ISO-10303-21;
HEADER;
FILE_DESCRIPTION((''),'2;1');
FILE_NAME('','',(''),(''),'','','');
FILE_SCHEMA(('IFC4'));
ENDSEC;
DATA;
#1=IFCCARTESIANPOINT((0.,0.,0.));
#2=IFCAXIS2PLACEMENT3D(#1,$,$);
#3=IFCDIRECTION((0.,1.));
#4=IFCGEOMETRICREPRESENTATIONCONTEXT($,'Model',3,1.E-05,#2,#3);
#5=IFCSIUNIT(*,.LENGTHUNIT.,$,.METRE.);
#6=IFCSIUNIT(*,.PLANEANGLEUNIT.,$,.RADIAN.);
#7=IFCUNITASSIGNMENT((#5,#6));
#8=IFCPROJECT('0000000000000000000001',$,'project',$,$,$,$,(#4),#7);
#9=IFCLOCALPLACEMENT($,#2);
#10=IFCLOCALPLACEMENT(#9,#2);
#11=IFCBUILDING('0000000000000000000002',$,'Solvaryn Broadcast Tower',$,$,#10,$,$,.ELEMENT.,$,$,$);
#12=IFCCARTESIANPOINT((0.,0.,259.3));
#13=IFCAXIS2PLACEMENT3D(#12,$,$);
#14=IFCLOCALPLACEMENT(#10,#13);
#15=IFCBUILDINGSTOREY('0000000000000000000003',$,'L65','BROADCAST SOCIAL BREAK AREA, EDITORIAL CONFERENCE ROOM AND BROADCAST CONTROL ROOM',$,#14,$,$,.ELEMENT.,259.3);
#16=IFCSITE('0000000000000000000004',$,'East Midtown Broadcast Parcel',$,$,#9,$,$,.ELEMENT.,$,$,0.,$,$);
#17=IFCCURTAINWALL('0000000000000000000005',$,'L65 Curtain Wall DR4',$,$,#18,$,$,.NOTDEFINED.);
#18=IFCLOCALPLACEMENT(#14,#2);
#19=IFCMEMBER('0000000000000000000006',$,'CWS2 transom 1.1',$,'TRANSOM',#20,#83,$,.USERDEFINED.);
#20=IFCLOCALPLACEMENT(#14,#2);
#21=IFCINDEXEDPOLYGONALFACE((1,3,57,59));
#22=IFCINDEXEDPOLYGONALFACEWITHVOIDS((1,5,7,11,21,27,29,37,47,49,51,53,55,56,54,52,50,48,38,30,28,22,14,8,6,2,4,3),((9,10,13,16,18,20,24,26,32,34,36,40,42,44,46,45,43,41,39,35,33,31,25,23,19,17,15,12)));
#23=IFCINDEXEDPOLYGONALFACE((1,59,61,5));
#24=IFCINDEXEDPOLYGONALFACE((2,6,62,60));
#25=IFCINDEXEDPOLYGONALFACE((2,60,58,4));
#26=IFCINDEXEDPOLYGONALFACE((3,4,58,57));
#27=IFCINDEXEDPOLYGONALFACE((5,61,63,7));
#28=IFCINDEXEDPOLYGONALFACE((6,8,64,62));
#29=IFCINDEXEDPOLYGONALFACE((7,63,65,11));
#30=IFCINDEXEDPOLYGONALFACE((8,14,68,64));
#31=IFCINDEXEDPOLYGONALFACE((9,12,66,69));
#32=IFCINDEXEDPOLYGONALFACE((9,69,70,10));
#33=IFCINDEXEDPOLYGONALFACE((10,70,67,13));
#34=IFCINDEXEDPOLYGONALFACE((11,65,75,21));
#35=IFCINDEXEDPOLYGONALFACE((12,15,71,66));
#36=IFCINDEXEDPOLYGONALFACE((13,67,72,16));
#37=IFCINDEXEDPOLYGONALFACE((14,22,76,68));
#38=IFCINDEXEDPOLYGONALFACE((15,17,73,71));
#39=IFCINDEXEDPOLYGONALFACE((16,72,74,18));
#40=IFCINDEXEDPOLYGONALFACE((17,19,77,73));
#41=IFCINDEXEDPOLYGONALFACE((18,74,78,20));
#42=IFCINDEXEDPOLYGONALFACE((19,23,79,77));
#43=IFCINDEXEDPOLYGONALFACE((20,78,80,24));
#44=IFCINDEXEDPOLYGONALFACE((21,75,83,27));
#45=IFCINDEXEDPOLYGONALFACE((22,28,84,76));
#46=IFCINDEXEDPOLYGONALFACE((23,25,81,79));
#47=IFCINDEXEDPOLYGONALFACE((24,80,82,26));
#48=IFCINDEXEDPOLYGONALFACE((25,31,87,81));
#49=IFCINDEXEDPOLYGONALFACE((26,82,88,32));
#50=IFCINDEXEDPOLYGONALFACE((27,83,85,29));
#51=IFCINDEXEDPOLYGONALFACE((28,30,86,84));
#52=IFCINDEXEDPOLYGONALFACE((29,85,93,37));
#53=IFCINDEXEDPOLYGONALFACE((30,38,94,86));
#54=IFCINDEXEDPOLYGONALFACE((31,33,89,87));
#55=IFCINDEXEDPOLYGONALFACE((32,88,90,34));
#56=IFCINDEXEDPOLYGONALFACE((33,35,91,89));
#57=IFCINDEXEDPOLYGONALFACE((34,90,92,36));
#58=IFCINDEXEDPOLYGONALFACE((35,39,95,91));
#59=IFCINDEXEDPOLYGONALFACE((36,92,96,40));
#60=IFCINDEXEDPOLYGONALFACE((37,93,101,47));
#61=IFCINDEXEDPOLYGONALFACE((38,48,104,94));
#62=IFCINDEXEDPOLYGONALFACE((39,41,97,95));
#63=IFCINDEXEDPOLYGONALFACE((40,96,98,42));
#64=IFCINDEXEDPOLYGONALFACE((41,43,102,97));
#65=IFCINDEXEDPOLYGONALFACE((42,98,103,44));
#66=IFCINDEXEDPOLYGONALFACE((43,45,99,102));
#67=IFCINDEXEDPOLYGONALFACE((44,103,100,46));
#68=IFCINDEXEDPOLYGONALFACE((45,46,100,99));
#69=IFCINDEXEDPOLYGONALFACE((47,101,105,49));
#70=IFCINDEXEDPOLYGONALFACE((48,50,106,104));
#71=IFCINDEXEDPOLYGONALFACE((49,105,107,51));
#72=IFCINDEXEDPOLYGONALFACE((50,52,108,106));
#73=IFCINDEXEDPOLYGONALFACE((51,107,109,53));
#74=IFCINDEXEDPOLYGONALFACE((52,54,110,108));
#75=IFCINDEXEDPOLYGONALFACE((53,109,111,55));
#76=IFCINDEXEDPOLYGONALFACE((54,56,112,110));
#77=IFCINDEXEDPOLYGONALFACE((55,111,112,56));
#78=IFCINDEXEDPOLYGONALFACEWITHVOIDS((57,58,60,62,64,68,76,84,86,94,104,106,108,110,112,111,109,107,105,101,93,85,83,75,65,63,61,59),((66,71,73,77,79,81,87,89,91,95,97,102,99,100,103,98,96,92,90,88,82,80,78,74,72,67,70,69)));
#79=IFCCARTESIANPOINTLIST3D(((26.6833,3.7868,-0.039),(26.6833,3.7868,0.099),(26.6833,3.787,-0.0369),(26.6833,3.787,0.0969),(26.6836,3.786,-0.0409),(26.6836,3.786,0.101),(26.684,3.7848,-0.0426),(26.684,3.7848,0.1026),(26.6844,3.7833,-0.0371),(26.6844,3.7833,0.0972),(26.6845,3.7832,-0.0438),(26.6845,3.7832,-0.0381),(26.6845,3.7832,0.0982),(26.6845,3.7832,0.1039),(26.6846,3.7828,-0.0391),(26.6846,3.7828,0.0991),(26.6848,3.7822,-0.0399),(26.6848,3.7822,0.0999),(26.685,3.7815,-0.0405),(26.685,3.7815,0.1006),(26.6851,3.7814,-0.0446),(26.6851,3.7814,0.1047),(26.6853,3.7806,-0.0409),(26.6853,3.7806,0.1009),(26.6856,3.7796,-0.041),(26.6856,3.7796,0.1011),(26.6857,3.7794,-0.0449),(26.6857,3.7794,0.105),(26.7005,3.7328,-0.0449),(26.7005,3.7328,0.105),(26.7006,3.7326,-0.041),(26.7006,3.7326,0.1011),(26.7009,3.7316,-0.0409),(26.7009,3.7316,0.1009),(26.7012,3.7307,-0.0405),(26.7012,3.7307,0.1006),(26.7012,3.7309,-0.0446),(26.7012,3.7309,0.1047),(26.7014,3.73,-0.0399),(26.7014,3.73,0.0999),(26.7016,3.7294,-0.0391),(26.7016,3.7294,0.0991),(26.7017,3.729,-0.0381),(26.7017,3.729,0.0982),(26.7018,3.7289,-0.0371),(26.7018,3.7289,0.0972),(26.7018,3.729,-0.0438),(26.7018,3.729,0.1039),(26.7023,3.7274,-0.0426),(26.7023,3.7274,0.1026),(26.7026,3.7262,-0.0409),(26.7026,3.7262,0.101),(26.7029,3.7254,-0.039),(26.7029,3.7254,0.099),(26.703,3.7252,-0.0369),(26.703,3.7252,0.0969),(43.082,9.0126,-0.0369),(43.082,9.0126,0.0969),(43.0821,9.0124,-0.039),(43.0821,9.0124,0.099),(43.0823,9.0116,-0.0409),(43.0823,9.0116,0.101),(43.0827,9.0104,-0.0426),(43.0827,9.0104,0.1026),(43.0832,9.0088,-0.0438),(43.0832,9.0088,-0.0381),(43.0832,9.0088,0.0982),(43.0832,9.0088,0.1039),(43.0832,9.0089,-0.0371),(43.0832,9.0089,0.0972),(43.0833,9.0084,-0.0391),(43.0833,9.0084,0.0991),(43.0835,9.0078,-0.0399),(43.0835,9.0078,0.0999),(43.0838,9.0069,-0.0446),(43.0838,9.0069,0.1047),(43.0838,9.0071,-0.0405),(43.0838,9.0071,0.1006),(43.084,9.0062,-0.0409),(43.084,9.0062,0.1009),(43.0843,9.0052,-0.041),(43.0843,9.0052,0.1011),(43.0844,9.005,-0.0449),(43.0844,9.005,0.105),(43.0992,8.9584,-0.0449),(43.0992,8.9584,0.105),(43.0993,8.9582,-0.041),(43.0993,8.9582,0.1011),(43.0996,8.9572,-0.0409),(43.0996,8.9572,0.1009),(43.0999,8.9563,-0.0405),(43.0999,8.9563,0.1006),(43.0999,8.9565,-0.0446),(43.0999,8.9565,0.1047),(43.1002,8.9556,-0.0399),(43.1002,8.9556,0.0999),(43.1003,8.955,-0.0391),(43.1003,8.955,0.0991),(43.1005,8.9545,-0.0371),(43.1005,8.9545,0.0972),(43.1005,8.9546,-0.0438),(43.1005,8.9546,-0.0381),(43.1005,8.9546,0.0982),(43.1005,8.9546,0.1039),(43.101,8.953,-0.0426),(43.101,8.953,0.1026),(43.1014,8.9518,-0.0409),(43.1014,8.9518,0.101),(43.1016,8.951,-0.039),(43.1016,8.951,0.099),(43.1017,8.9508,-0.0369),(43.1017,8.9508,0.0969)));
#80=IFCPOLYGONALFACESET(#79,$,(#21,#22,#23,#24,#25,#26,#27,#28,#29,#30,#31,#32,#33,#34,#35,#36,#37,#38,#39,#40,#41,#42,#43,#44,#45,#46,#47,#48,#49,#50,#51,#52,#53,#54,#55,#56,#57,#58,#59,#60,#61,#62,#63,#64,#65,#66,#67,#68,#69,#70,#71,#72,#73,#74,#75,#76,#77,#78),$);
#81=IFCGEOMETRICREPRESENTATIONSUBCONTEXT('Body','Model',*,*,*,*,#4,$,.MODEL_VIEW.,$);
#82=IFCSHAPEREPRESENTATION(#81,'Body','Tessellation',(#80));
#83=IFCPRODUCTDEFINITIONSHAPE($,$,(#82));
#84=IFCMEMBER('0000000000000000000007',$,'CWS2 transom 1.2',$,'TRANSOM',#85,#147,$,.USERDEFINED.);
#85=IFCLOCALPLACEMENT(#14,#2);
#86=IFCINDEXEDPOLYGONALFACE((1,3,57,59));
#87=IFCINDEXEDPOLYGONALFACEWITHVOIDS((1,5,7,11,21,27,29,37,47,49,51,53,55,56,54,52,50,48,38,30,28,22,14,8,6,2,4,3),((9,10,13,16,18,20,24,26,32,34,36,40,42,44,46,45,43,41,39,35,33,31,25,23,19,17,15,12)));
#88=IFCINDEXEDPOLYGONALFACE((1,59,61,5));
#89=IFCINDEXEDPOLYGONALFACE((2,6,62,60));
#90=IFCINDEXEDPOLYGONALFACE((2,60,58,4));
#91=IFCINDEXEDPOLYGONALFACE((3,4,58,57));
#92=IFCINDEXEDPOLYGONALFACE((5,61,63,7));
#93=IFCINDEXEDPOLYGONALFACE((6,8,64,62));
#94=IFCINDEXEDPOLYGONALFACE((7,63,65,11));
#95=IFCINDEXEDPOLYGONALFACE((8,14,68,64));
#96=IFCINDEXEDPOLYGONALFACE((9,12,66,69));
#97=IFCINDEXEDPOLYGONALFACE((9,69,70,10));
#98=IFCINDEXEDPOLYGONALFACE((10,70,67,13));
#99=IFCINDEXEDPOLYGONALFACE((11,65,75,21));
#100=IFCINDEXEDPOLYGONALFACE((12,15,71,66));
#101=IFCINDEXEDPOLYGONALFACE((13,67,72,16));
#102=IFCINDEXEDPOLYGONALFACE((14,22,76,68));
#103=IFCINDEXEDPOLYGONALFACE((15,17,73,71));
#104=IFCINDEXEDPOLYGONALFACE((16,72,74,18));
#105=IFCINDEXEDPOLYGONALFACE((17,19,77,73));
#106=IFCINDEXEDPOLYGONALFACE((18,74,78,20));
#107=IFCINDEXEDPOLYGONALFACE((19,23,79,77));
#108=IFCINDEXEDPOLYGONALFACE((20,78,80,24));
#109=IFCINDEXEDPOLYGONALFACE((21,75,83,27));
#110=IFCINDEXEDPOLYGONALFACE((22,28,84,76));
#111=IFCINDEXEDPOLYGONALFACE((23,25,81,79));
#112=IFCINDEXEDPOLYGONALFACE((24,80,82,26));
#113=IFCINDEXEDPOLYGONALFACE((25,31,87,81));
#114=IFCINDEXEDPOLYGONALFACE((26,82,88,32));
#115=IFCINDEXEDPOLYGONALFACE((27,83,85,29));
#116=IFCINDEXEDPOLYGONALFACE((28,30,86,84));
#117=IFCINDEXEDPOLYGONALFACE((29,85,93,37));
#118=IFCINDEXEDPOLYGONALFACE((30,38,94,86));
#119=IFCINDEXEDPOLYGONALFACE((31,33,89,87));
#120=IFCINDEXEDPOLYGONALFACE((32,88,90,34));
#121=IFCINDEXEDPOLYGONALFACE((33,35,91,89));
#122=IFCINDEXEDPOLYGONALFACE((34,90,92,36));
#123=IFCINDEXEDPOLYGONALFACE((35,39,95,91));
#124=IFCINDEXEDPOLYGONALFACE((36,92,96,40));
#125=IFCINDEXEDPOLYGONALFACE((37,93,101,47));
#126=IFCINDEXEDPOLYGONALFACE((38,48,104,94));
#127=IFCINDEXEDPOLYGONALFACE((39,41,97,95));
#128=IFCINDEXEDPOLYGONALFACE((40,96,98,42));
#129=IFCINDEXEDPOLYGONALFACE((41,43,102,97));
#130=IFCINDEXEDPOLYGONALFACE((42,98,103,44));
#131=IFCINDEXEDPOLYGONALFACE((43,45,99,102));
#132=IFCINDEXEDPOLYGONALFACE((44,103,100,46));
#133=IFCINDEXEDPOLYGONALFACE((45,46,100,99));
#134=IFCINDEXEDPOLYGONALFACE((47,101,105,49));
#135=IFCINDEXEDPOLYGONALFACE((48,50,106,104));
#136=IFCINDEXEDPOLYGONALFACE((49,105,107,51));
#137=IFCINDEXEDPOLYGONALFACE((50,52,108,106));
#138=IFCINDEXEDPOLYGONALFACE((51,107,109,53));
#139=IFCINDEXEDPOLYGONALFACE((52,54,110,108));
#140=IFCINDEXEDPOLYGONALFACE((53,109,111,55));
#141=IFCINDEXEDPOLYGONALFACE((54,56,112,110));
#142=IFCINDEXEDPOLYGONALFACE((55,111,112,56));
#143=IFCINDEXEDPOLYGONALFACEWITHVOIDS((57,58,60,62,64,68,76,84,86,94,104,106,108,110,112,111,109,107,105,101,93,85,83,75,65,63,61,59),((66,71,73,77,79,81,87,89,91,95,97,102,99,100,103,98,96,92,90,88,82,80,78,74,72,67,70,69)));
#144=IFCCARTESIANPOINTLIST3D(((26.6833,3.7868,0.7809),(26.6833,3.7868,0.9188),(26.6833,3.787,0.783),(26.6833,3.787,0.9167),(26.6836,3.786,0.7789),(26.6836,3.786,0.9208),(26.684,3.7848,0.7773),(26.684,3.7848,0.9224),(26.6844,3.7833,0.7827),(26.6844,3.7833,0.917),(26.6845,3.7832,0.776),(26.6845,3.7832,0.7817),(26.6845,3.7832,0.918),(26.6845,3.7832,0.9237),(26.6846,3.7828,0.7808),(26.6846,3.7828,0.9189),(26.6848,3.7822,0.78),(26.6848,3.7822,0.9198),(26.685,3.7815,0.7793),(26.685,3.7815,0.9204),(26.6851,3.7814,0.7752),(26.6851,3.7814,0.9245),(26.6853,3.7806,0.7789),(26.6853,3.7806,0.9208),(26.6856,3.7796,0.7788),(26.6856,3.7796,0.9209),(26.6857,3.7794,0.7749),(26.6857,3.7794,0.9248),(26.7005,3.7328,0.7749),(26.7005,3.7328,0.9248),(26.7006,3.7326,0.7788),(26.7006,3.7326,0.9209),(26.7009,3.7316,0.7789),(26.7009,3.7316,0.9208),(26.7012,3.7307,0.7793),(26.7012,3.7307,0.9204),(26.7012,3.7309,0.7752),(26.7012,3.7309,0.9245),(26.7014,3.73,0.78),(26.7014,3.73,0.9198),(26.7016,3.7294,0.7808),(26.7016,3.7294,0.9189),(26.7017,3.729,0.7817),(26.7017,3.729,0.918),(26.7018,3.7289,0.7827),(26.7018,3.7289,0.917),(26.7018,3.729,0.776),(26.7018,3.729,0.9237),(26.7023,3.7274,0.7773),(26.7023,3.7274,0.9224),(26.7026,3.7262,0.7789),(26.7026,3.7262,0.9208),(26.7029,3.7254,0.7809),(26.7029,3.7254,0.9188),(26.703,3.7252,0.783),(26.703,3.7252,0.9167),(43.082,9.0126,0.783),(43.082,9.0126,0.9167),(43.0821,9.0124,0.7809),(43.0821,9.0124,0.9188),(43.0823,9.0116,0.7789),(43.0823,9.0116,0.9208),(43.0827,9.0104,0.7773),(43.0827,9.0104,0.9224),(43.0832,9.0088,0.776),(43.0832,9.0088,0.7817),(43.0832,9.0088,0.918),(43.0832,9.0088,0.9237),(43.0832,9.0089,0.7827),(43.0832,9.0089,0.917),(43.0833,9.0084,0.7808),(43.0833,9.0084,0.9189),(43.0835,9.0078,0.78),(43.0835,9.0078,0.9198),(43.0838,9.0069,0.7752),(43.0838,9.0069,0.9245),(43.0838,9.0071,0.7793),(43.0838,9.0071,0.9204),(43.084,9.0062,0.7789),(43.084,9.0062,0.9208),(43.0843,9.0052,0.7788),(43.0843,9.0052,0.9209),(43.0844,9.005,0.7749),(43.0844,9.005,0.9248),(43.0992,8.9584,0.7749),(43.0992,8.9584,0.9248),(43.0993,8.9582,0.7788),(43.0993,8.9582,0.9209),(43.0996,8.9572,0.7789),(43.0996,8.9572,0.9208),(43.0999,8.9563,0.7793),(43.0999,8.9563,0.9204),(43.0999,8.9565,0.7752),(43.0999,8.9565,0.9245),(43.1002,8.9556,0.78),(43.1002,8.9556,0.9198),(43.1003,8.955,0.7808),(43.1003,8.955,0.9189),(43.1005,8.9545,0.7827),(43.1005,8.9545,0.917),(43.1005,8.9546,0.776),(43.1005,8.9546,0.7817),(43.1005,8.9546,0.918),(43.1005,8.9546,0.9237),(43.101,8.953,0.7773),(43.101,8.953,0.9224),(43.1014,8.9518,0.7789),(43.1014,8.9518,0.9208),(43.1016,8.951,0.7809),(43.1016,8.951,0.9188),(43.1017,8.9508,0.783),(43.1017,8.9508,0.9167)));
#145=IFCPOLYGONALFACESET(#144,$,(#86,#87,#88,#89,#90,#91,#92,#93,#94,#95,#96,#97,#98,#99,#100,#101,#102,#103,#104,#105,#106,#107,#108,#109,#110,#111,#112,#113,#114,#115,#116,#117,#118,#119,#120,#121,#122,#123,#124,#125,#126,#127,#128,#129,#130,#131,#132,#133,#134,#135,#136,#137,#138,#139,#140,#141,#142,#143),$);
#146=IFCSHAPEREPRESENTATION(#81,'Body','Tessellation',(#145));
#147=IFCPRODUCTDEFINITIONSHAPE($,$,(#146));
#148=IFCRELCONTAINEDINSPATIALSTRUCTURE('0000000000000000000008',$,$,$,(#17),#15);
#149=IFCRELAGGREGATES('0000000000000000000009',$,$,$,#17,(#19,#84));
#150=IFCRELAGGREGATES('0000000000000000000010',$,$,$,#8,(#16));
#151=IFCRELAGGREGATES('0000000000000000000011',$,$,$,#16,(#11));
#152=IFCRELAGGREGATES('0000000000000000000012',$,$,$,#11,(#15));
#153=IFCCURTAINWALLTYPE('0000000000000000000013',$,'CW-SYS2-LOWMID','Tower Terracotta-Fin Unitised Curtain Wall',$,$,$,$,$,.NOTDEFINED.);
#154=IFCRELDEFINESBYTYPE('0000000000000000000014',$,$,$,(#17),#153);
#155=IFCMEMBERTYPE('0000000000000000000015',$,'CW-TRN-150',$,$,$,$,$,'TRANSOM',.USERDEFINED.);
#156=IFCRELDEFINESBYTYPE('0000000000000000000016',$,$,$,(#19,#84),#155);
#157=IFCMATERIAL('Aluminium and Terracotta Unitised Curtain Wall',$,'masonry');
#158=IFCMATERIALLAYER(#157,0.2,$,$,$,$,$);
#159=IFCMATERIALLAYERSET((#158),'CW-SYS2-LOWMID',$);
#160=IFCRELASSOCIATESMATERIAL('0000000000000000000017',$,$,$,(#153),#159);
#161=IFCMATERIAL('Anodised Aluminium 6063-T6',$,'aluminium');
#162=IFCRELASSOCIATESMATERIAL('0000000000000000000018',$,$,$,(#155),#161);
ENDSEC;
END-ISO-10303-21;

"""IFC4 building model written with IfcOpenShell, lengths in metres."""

from ifc_helpers import new_model, si_unit, direction, frame, origin, origin_2d, place, context, subcontext, project, spatial, hollow_rectangle, extrude, material, layer, layer_set, material_profile, profile_set, type_object, element, aggregate, save


model = new_model("IFC4")

# Units and contexts
model_context = context("Model", 3, precision=1e-05, world=origin(), true_north=direction((0.0, 1.0)))
body_context = subcontext(model_context, "Body", "Model", "MODEL_VIEW")
ifc_project = project(units=[si_unit("LENGTHUNIT", "METRE"), si_unit("PLANEANGLEUNIT", "RADIAN")], contexts=[model_context])

# Site, building, storey
site_placement = place(None, origin())
site = spatial("IfcSite", under=ifc_project, at=site_placement, Name="East Midtown Broadcast Parcel", CompositionType="ELEMENT", RefElevation=0.0)
building_placement = place(site_placement, origin())
building = spatial("IfcBuilding", under=site, at=building_placement, Name="Solvaryn Broadcast Tower", CompositionType="ELEMENT")
storey_placement = place(building_placement, frame((0.0, 0.0, 259.3)))
storey = spatial("IfcBuildingStorey", under=building, at=storey_placement, Name="L65", Description="BROADCAST SOCIAL BREAK AREA, EDITORIAL CONFERENCE ROOM AND BROADCAST CONTROL ROOM", CompositionType="ELEMENT", Elevation=259.3)

# Shared definitions
ifc_material_1 = material(Name="Aluminium and Terracotta Unitised Curtain Wall", Category="masonry")
ifc_layer_1 = layer(ifc_material_1, 0.2)
ifc_layer_set_1 = layer_set([ifc_layer_1], Name="CW-SYS2-LOWMID")
curtain_wall_type = type_object("IfcCurtainWallType", Name="CW-SYS2-LOWMID", Description="Tower Terracotta-Fin Unitised Curtain Wall", PredefinedType="NOTDEFINED", material=ifc_layer_set_1)

# Curtain wall, members
curtain_wall_1_placement = place(storey_placement, origin())
curtain_wall_1 = element("IfcCurtainWall", 1, at=curtain_wall_1_placement, inside=storey, type_object=curtain_wall_type, Name="L65 Curtain Wall DR4", PredefinedType="NOTDEFINED")
ifc_material_2 = material(Name="Anodised Aluminium 6063-T6", Category="aluminium")
ifc_material_profile_1 = material_profile(ifc_material_2, hollow_rectangle(XDim=0.0649, YDim=0.1499, WallThickness=0.0039, InnerFilletRadius=0.0039, OuterFilletRadius=0.0081, at=origin_2d()))
ifc_profile_set_1 = profile_set([ifc_material_profile_1], Name="Anodised Aluminium 6063-T6")
member_type_1 = type_object("IfcMemberType", Name="CW-TRN-150", ElementType="TRANSOM", PredefinedType="USERDEFINED", material=ifc_profile_set_1)
member_1_placement = place(storey_placement, frame((26.6931, 3.7561, 0.03), z_axis=(0.952794, 0.303616, 0.0), x_axis=(-0.303616, 0.952794, 0.0)))
member_1 = element("IfcMember", 2, at=member_1_placement, type_object=member_type_1, Name="CWS2 transom 1.1", ObjectType="TRANSOM", PredefinedType="USERDEFINED", context=body_context, shape_type="SweptSolid", body=[
    extrude(hollow_rectangle(XDim=0.0649, YDim=0.1499, WallThickness=0.0039, InnerFilletRadius=0.0039, OuterFilletRadius=0.0081, at=origin_2d()), origin(), (0.0, 0.0, 1.0), 17.2112),
])
member_2_placement = place(storey_placement, frame((26.6931, 3.7561, 0.8499), z_axis=(0.952794, 0.303616, 0.0), x_axis=(-0.303616, 0.952794, 0.0)))
member_2 = element("IfcMember", 3, at=member_2_placement, type_object=member_type_1, Name="CWS2 transom 1.2", ObjectType="TRANSOM", PredefinedType="USERDEFINED", context=body_context, shape_type="SweptSolid", body=[
    extrude(hollow_rectangle(XDim=0.0649, YDim=0.1499, WallThickness=0.0039, InnerFilletRadius=0.0039, OuterFilletRadius=0.0081, at=origin_2d()), origin(), (0.0, 0.0, 1.0), 17.2112),
])
aggregate(curtain_wall_1, [member_1, member_2])

save(model, "model.ifc")
